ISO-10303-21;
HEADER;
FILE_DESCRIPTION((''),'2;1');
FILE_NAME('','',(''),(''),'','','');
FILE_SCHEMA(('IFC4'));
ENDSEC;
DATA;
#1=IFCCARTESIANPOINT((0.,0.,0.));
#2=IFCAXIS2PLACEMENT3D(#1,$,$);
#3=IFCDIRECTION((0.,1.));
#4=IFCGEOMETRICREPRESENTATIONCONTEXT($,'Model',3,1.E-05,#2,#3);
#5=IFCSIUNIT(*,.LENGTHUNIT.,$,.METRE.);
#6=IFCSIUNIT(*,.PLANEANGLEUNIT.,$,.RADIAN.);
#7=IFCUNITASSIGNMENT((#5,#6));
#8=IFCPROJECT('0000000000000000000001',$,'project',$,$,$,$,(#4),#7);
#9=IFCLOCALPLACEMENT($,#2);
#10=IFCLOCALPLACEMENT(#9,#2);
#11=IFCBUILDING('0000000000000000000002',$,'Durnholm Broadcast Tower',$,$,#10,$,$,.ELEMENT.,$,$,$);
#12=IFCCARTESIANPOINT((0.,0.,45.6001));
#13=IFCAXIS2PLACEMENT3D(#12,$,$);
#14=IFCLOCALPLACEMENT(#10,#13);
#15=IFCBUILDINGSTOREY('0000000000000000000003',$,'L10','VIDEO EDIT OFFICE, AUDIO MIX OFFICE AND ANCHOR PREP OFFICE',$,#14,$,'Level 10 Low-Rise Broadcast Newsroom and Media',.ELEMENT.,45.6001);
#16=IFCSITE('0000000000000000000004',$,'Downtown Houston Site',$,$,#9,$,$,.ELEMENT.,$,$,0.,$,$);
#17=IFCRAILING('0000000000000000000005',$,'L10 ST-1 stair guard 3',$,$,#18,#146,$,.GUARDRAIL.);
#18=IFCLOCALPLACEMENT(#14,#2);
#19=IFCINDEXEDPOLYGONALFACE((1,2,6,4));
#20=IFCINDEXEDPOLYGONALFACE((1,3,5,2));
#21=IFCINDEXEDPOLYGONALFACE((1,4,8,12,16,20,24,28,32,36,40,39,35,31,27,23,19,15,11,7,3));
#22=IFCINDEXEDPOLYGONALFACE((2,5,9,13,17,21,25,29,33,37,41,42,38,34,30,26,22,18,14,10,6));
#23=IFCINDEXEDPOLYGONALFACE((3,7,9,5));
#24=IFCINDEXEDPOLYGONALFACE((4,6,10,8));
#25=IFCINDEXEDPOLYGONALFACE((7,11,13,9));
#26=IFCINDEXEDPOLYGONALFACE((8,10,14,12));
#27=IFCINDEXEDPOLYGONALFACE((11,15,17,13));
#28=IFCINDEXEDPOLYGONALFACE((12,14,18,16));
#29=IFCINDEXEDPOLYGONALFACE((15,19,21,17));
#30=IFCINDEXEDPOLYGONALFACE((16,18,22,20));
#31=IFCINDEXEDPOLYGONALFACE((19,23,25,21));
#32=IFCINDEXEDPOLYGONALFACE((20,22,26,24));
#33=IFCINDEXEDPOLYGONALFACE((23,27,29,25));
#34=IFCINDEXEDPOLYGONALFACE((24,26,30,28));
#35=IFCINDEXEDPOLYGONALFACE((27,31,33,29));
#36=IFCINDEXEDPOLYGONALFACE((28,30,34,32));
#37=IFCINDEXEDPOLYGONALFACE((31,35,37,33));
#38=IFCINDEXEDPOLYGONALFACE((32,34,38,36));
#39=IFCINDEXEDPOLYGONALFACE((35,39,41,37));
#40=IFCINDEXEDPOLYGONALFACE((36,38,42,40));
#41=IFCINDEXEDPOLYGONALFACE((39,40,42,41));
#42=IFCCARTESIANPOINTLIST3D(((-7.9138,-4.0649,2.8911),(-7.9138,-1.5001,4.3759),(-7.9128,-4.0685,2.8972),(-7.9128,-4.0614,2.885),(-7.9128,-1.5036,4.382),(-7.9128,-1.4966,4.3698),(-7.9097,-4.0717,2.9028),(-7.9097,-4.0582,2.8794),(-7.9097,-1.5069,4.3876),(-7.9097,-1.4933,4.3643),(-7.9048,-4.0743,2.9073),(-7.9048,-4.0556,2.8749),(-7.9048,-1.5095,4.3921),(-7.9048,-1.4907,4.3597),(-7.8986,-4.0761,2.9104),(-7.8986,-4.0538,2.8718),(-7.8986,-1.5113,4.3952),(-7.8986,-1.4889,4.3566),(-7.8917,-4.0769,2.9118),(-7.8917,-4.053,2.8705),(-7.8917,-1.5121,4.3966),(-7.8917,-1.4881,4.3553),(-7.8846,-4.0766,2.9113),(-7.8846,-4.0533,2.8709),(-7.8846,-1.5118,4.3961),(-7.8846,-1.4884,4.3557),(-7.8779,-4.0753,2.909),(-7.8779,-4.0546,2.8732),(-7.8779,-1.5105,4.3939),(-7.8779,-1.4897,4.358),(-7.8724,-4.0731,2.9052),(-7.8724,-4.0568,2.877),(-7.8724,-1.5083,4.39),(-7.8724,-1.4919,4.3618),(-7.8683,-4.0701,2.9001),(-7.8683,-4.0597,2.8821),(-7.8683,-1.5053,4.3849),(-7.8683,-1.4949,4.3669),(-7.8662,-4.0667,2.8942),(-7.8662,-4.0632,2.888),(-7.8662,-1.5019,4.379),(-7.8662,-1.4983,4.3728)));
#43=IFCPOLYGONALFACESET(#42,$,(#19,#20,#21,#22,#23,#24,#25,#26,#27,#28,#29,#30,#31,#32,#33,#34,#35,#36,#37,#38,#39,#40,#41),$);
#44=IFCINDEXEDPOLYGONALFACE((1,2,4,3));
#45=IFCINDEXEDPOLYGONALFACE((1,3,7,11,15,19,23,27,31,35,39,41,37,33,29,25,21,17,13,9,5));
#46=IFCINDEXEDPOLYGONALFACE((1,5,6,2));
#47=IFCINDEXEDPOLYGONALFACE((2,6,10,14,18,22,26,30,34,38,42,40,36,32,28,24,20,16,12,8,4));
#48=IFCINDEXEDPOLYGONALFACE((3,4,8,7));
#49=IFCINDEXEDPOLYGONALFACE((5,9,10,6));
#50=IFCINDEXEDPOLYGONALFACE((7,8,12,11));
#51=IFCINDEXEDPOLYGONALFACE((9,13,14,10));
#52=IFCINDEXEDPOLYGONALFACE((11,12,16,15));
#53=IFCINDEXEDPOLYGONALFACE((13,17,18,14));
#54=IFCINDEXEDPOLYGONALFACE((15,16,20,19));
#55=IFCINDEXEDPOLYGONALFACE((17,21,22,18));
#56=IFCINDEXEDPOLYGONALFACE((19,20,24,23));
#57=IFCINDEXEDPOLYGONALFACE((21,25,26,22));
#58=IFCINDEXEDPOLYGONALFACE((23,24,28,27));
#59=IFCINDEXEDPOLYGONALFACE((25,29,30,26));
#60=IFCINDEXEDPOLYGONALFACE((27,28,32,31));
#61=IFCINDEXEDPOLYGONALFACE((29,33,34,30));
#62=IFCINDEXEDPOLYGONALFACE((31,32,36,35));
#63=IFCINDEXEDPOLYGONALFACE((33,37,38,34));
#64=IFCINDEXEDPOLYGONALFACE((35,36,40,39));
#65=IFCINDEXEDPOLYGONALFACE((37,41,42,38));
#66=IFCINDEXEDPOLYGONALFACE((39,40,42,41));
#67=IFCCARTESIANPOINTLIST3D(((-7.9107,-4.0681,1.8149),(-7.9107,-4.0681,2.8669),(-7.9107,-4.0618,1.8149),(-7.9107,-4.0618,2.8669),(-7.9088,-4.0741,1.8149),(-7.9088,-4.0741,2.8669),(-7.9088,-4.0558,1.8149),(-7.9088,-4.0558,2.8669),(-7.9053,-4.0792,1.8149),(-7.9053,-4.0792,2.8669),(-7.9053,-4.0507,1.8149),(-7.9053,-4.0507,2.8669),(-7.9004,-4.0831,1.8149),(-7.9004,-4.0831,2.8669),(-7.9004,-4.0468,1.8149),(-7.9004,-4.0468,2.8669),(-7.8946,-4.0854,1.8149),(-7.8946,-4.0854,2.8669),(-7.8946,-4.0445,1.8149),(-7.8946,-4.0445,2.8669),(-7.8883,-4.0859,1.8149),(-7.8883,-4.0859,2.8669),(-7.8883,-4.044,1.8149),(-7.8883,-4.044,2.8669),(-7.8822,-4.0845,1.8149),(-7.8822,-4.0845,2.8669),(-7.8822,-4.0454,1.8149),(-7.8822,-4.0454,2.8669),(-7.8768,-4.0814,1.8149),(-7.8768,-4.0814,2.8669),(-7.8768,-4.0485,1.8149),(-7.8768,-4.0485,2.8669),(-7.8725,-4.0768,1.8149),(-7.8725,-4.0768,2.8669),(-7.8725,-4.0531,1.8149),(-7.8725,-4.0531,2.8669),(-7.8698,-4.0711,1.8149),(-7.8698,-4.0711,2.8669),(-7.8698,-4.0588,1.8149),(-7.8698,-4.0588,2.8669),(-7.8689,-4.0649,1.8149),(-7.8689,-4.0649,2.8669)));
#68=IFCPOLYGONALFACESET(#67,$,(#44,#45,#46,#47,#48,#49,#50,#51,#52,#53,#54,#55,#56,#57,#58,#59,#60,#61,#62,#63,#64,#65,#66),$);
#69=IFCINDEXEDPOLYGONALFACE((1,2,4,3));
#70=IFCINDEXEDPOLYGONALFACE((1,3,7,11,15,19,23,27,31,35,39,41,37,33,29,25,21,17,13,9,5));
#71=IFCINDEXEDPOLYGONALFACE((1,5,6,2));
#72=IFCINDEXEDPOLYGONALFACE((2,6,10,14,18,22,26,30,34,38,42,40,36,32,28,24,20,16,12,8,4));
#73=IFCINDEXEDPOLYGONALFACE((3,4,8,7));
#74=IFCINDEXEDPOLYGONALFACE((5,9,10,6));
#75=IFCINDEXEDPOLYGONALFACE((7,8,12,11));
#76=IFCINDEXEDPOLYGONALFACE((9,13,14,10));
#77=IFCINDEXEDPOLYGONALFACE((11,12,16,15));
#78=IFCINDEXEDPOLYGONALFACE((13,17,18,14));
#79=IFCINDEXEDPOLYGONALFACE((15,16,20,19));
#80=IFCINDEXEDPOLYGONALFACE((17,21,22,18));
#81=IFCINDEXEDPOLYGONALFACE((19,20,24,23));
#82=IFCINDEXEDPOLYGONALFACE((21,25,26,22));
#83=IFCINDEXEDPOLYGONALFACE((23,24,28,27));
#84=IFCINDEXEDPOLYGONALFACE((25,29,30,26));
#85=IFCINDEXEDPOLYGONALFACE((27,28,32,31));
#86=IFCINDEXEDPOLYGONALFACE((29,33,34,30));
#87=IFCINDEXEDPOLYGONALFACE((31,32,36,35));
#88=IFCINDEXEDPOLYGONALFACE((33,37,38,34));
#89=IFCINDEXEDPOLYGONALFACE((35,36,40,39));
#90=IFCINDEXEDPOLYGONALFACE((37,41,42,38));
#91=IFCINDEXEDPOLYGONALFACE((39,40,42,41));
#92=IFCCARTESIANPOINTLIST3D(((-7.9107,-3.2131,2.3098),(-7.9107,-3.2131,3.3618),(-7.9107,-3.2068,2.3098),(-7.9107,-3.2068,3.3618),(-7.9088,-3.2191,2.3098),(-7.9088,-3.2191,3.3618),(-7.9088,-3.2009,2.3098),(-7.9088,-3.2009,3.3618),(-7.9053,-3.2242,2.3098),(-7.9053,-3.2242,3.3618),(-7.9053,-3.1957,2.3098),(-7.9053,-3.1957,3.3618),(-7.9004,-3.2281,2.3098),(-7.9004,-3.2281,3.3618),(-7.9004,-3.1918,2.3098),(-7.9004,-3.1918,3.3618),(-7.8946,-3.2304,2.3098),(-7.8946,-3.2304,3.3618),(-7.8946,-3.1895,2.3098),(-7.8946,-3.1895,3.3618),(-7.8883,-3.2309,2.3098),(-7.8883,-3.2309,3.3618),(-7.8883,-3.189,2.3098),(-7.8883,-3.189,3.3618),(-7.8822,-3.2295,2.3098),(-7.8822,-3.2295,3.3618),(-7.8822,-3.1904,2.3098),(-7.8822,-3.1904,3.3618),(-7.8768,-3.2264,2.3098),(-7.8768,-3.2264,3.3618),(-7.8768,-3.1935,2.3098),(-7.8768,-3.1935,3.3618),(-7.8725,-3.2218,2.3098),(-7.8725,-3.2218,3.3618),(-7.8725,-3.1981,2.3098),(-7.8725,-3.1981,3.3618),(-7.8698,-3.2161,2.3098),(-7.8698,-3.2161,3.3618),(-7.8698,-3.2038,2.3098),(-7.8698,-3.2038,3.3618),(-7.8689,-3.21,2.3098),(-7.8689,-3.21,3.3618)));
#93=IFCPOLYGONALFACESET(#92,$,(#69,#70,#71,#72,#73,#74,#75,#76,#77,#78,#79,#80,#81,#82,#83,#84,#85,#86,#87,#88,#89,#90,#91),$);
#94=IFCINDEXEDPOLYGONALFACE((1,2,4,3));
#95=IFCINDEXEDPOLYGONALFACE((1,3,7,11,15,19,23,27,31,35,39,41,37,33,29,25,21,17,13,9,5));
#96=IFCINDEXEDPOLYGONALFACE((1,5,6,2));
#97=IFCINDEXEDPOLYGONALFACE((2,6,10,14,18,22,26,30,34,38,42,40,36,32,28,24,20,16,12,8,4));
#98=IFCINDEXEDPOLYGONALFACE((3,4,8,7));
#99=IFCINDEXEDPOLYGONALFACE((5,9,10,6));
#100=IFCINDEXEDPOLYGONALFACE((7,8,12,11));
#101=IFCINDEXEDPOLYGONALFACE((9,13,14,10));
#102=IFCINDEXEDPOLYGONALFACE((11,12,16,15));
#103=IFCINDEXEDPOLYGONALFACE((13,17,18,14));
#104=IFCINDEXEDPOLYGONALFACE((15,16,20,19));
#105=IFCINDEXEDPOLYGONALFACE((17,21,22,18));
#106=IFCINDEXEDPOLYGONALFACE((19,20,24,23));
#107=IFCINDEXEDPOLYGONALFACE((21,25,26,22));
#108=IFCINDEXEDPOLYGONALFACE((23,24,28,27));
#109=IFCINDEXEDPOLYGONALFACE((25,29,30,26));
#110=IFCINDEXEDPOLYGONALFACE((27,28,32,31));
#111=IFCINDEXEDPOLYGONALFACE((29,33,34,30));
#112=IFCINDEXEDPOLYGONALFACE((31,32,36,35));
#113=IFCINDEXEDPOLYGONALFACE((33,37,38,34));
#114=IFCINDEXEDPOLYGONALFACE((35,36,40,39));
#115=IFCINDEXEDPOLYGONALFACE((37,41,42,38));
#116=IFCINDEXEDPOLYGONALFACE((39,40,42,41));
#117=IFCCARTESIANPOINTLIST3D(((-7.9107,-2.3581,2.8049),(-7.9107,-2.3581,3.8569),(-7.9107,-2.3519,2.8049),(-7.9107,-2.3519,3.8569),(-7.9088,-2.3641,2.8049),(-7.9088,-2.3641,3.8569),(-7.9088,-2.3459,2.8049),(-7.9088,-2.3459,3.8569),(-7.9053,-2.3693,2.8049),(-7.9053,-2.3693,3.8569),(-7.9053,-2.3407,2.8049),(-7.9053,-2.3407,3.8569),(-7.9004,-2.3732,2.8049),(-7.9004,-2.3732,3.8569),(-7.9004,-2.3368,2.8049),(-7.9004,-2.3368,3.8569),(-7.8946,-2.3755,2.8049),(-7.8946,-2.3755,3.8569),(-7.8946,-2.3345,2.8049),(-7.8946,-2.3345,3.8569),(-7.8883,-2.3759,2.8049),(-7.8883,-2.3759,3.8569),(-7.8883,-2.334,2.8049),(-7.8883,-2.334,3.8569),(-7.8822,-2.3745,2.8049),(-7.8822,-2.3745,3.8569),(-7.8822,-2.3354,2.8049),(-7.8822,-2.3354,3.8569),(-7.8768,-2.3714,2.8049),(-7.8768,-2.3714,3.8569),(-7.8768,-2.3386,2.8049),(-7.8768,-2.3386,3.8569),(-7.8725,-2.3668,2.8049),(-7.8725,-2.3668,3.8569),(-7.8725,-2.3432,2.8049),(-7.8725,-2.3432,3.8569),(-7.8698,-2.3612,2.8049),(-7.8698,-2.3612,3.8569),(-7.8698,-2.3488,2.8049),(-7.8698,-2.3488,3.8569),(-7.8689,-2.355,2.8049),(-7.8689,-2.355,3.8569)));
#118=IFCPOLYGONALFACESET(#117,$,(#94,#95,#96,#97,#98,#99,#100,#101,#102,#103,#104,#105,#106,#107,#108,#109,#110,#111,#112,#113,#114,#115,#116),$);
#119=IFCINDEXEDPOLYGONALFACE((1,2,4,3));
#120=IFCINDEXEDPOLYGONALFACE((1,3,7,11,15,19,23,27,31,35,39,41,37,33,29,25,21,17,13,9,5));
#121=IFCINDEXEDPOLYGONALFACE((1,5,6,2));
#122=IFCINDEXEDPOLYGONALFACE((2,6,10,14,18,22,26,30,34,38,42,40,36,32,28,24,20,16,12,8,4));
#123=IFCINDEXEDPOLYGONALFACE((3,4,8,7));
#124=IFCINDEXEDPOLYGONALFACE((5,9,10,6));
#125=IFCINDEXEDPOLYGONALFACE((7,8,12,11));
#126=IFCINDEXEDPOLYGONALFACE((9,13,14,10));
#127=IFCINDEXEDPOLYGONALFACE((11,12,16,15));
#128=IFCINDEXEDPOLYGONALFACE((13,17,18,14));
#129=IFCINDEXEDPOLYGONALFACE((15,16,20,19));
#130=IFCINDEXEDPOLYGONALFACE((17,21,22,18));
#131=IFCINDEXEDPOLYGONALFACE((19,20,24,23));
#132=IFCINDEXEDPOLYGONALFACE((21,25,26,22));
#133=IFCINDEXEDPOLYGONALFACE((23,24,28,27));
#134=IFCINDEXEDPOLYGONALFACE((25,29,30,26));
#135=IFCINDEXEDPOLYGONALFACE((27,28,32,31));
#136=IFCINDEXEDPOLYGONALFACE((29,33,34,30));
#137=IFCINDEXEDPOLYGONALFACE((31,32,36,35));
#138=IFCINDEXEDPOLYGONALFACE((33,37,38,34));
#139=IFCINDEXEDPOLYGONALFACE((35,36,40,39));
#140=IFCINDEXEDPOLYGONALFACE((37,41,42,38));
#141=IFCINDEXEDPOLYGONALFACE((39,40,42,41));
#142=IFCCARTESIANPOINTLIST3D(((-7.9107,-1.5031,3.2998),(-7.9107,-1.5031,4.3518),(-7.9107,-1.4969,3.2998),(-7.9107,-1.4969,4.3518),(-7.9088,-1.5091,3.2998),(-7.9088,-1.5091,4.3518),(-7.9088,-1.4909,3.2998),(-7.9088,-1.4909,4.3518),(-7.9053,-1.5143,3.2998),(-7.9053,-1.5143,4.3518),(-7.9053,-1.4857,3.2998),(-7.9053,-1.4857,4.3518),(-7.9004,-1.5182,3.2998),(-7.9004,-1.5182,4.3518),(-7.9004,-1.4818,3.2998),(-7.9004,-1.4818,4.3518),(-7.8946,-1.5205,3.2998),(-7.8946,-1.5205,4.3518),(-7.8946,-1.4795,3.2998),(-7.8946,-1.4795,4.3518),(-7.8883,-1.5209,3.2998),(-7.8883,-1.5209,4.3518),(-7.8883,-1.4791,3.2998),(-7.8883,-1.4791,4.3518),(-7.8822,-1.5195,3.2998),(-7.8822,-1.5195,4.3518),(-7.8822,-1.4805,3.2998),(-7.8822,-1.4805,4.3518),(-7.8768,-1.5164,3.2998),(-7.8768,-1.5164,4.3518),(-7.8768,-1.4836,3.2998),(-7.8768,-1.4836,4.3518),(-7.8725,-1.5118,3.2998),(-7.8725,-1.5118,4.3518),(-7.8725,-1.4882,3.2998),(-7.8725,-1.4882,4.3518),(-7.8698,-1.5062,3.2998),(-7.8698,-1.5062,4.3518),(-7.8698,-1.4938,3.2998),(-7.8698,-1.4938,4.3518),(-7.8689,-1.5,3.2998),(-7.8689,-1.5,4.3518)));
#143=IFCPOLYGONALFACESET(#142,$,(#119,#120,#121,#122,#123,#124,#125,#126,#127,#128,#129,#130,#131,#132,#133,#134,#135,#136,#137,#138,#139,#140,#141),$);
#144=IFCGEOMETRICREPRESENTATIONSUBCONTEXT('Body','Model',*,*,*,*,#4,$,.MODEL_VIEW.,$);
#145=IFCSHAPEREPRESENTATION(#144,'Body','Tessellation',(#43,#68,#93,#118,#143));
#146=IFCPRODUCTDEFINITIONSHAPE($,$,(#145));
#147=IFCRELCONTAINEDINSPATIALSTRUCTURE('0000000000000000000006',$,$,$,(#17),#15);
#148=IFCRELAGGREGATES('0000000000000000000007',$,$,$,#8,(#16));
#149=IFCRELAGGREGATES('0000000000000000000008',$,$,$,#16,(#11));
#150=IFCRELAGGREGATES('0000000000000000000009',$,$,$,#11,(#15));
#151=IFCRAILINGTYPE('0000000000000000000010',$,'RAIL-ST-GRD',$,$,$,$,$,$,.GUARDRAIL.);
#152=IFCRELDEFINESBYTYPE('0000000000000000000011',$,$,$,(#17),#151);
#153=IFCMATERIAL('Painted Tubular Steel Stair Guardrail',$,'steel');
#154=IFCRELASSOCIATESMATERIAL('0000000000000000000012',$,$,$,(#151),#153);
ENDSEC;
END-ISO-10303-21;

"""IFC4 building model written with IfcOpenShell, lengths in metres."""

from ifc_helpers import new_model, si_unit, direction, frame, origin, origin_2d, place, context, subcontext, project, spatial, circle, extrude, material, type_object, element, save


model = new_model("IFC4")

# Units and contexts
model_context = context("Model", 3, precision=1e-05, world=origin(), true_north=direction((0.0, 1.0)))
body_context = subcontext(model_context, "Body", "Model", "MODEL_VIEW")
ifc_project = project(units=[si_unit("LENGTHUNIT", "METRE"), si_unit("PLANEANGLEUNIT", "RADIAN")], contexts=[model_context])

# Site, building, storey
site_placement = place(None, origin())
site = spatial("IfcSite", under=ifc_project, at=site_placement, Name="Downtown Houston Site", CompositionType="ELEMENT", RefElevation=0.0)
building_placement = place(site_placement, origin())
building = spatial("IfcBuilding", under=site, at=building_placement, Name="Durnholm Broadcast Tower", CompositionType="ELEMENT")
storey_placement = place(building_placement, frame((0.0, 0.0, 45.6001)))
storey = spatial("IfcBuildingStorey", under=building, at=storey_placement, Name="L10", Description="VIDEO EDIT OFFICE, AUDIO MIX OFFICE AND ANCHOR PREP OFFICE", LongName="Level 10 Low-Rise Broadcast Newsroom and Media", CompositionType="ELEMENT", Elevation=45.6001)

# Railing
ifc_material_1 = material(Name="Painted Tubular Steel Stair Guardrail", Category="steel")
railing_type_1 = type_object("IfcRailingType", Name="RAIL-ST-GRD", PredefinedType="GUARDRAIL", material=ifc_material_1)
railing_1_placement = place(storey_placement, frame((-7.8899, -4.0649, 1.8149)))
element("IfcRailing", 1, at=railing_1_placement, inside=storey, type_object=railing_type_1, Name="L10 ST-1 stair guard 3", PredefinedType="GUARDRAIL", context=body_context, shape_type="SweptSolid", body=[
    extrude(circle(Radius=0.0239, at=origin_2d()), frame((0.0, 0.0, 1.0762), z_axis=(0.0, 0.865441, 0.50101), x_axis=(-1.0, 0.0, 0.0)), (0.0, 0.0, 1.0), 2.9636),
    extrude(circle(Radius=0.021, at=origin_2d()), origin(), (0.0, 0.0, 1.0), 1.052),
    extrude(circle(Radius=0.021, at=origin_2d()), frame((0.0, 0.855, 0.4949)), (0.0, 0.0, 1.0), 1.052),
    extrude(circle(Radius=0.021, at=origin_2d()), frame((0.0, 1.71, 0.99)), (0.0, 0.0, 1.0), 1.052),
    extrude(circle(Radius=0.021, at=origin_2d()), frame((0.0, 2.5649, 1.4849)), (0.0, 0.0, 1.0), 1.052),
])

save(model, "model.ifc")
